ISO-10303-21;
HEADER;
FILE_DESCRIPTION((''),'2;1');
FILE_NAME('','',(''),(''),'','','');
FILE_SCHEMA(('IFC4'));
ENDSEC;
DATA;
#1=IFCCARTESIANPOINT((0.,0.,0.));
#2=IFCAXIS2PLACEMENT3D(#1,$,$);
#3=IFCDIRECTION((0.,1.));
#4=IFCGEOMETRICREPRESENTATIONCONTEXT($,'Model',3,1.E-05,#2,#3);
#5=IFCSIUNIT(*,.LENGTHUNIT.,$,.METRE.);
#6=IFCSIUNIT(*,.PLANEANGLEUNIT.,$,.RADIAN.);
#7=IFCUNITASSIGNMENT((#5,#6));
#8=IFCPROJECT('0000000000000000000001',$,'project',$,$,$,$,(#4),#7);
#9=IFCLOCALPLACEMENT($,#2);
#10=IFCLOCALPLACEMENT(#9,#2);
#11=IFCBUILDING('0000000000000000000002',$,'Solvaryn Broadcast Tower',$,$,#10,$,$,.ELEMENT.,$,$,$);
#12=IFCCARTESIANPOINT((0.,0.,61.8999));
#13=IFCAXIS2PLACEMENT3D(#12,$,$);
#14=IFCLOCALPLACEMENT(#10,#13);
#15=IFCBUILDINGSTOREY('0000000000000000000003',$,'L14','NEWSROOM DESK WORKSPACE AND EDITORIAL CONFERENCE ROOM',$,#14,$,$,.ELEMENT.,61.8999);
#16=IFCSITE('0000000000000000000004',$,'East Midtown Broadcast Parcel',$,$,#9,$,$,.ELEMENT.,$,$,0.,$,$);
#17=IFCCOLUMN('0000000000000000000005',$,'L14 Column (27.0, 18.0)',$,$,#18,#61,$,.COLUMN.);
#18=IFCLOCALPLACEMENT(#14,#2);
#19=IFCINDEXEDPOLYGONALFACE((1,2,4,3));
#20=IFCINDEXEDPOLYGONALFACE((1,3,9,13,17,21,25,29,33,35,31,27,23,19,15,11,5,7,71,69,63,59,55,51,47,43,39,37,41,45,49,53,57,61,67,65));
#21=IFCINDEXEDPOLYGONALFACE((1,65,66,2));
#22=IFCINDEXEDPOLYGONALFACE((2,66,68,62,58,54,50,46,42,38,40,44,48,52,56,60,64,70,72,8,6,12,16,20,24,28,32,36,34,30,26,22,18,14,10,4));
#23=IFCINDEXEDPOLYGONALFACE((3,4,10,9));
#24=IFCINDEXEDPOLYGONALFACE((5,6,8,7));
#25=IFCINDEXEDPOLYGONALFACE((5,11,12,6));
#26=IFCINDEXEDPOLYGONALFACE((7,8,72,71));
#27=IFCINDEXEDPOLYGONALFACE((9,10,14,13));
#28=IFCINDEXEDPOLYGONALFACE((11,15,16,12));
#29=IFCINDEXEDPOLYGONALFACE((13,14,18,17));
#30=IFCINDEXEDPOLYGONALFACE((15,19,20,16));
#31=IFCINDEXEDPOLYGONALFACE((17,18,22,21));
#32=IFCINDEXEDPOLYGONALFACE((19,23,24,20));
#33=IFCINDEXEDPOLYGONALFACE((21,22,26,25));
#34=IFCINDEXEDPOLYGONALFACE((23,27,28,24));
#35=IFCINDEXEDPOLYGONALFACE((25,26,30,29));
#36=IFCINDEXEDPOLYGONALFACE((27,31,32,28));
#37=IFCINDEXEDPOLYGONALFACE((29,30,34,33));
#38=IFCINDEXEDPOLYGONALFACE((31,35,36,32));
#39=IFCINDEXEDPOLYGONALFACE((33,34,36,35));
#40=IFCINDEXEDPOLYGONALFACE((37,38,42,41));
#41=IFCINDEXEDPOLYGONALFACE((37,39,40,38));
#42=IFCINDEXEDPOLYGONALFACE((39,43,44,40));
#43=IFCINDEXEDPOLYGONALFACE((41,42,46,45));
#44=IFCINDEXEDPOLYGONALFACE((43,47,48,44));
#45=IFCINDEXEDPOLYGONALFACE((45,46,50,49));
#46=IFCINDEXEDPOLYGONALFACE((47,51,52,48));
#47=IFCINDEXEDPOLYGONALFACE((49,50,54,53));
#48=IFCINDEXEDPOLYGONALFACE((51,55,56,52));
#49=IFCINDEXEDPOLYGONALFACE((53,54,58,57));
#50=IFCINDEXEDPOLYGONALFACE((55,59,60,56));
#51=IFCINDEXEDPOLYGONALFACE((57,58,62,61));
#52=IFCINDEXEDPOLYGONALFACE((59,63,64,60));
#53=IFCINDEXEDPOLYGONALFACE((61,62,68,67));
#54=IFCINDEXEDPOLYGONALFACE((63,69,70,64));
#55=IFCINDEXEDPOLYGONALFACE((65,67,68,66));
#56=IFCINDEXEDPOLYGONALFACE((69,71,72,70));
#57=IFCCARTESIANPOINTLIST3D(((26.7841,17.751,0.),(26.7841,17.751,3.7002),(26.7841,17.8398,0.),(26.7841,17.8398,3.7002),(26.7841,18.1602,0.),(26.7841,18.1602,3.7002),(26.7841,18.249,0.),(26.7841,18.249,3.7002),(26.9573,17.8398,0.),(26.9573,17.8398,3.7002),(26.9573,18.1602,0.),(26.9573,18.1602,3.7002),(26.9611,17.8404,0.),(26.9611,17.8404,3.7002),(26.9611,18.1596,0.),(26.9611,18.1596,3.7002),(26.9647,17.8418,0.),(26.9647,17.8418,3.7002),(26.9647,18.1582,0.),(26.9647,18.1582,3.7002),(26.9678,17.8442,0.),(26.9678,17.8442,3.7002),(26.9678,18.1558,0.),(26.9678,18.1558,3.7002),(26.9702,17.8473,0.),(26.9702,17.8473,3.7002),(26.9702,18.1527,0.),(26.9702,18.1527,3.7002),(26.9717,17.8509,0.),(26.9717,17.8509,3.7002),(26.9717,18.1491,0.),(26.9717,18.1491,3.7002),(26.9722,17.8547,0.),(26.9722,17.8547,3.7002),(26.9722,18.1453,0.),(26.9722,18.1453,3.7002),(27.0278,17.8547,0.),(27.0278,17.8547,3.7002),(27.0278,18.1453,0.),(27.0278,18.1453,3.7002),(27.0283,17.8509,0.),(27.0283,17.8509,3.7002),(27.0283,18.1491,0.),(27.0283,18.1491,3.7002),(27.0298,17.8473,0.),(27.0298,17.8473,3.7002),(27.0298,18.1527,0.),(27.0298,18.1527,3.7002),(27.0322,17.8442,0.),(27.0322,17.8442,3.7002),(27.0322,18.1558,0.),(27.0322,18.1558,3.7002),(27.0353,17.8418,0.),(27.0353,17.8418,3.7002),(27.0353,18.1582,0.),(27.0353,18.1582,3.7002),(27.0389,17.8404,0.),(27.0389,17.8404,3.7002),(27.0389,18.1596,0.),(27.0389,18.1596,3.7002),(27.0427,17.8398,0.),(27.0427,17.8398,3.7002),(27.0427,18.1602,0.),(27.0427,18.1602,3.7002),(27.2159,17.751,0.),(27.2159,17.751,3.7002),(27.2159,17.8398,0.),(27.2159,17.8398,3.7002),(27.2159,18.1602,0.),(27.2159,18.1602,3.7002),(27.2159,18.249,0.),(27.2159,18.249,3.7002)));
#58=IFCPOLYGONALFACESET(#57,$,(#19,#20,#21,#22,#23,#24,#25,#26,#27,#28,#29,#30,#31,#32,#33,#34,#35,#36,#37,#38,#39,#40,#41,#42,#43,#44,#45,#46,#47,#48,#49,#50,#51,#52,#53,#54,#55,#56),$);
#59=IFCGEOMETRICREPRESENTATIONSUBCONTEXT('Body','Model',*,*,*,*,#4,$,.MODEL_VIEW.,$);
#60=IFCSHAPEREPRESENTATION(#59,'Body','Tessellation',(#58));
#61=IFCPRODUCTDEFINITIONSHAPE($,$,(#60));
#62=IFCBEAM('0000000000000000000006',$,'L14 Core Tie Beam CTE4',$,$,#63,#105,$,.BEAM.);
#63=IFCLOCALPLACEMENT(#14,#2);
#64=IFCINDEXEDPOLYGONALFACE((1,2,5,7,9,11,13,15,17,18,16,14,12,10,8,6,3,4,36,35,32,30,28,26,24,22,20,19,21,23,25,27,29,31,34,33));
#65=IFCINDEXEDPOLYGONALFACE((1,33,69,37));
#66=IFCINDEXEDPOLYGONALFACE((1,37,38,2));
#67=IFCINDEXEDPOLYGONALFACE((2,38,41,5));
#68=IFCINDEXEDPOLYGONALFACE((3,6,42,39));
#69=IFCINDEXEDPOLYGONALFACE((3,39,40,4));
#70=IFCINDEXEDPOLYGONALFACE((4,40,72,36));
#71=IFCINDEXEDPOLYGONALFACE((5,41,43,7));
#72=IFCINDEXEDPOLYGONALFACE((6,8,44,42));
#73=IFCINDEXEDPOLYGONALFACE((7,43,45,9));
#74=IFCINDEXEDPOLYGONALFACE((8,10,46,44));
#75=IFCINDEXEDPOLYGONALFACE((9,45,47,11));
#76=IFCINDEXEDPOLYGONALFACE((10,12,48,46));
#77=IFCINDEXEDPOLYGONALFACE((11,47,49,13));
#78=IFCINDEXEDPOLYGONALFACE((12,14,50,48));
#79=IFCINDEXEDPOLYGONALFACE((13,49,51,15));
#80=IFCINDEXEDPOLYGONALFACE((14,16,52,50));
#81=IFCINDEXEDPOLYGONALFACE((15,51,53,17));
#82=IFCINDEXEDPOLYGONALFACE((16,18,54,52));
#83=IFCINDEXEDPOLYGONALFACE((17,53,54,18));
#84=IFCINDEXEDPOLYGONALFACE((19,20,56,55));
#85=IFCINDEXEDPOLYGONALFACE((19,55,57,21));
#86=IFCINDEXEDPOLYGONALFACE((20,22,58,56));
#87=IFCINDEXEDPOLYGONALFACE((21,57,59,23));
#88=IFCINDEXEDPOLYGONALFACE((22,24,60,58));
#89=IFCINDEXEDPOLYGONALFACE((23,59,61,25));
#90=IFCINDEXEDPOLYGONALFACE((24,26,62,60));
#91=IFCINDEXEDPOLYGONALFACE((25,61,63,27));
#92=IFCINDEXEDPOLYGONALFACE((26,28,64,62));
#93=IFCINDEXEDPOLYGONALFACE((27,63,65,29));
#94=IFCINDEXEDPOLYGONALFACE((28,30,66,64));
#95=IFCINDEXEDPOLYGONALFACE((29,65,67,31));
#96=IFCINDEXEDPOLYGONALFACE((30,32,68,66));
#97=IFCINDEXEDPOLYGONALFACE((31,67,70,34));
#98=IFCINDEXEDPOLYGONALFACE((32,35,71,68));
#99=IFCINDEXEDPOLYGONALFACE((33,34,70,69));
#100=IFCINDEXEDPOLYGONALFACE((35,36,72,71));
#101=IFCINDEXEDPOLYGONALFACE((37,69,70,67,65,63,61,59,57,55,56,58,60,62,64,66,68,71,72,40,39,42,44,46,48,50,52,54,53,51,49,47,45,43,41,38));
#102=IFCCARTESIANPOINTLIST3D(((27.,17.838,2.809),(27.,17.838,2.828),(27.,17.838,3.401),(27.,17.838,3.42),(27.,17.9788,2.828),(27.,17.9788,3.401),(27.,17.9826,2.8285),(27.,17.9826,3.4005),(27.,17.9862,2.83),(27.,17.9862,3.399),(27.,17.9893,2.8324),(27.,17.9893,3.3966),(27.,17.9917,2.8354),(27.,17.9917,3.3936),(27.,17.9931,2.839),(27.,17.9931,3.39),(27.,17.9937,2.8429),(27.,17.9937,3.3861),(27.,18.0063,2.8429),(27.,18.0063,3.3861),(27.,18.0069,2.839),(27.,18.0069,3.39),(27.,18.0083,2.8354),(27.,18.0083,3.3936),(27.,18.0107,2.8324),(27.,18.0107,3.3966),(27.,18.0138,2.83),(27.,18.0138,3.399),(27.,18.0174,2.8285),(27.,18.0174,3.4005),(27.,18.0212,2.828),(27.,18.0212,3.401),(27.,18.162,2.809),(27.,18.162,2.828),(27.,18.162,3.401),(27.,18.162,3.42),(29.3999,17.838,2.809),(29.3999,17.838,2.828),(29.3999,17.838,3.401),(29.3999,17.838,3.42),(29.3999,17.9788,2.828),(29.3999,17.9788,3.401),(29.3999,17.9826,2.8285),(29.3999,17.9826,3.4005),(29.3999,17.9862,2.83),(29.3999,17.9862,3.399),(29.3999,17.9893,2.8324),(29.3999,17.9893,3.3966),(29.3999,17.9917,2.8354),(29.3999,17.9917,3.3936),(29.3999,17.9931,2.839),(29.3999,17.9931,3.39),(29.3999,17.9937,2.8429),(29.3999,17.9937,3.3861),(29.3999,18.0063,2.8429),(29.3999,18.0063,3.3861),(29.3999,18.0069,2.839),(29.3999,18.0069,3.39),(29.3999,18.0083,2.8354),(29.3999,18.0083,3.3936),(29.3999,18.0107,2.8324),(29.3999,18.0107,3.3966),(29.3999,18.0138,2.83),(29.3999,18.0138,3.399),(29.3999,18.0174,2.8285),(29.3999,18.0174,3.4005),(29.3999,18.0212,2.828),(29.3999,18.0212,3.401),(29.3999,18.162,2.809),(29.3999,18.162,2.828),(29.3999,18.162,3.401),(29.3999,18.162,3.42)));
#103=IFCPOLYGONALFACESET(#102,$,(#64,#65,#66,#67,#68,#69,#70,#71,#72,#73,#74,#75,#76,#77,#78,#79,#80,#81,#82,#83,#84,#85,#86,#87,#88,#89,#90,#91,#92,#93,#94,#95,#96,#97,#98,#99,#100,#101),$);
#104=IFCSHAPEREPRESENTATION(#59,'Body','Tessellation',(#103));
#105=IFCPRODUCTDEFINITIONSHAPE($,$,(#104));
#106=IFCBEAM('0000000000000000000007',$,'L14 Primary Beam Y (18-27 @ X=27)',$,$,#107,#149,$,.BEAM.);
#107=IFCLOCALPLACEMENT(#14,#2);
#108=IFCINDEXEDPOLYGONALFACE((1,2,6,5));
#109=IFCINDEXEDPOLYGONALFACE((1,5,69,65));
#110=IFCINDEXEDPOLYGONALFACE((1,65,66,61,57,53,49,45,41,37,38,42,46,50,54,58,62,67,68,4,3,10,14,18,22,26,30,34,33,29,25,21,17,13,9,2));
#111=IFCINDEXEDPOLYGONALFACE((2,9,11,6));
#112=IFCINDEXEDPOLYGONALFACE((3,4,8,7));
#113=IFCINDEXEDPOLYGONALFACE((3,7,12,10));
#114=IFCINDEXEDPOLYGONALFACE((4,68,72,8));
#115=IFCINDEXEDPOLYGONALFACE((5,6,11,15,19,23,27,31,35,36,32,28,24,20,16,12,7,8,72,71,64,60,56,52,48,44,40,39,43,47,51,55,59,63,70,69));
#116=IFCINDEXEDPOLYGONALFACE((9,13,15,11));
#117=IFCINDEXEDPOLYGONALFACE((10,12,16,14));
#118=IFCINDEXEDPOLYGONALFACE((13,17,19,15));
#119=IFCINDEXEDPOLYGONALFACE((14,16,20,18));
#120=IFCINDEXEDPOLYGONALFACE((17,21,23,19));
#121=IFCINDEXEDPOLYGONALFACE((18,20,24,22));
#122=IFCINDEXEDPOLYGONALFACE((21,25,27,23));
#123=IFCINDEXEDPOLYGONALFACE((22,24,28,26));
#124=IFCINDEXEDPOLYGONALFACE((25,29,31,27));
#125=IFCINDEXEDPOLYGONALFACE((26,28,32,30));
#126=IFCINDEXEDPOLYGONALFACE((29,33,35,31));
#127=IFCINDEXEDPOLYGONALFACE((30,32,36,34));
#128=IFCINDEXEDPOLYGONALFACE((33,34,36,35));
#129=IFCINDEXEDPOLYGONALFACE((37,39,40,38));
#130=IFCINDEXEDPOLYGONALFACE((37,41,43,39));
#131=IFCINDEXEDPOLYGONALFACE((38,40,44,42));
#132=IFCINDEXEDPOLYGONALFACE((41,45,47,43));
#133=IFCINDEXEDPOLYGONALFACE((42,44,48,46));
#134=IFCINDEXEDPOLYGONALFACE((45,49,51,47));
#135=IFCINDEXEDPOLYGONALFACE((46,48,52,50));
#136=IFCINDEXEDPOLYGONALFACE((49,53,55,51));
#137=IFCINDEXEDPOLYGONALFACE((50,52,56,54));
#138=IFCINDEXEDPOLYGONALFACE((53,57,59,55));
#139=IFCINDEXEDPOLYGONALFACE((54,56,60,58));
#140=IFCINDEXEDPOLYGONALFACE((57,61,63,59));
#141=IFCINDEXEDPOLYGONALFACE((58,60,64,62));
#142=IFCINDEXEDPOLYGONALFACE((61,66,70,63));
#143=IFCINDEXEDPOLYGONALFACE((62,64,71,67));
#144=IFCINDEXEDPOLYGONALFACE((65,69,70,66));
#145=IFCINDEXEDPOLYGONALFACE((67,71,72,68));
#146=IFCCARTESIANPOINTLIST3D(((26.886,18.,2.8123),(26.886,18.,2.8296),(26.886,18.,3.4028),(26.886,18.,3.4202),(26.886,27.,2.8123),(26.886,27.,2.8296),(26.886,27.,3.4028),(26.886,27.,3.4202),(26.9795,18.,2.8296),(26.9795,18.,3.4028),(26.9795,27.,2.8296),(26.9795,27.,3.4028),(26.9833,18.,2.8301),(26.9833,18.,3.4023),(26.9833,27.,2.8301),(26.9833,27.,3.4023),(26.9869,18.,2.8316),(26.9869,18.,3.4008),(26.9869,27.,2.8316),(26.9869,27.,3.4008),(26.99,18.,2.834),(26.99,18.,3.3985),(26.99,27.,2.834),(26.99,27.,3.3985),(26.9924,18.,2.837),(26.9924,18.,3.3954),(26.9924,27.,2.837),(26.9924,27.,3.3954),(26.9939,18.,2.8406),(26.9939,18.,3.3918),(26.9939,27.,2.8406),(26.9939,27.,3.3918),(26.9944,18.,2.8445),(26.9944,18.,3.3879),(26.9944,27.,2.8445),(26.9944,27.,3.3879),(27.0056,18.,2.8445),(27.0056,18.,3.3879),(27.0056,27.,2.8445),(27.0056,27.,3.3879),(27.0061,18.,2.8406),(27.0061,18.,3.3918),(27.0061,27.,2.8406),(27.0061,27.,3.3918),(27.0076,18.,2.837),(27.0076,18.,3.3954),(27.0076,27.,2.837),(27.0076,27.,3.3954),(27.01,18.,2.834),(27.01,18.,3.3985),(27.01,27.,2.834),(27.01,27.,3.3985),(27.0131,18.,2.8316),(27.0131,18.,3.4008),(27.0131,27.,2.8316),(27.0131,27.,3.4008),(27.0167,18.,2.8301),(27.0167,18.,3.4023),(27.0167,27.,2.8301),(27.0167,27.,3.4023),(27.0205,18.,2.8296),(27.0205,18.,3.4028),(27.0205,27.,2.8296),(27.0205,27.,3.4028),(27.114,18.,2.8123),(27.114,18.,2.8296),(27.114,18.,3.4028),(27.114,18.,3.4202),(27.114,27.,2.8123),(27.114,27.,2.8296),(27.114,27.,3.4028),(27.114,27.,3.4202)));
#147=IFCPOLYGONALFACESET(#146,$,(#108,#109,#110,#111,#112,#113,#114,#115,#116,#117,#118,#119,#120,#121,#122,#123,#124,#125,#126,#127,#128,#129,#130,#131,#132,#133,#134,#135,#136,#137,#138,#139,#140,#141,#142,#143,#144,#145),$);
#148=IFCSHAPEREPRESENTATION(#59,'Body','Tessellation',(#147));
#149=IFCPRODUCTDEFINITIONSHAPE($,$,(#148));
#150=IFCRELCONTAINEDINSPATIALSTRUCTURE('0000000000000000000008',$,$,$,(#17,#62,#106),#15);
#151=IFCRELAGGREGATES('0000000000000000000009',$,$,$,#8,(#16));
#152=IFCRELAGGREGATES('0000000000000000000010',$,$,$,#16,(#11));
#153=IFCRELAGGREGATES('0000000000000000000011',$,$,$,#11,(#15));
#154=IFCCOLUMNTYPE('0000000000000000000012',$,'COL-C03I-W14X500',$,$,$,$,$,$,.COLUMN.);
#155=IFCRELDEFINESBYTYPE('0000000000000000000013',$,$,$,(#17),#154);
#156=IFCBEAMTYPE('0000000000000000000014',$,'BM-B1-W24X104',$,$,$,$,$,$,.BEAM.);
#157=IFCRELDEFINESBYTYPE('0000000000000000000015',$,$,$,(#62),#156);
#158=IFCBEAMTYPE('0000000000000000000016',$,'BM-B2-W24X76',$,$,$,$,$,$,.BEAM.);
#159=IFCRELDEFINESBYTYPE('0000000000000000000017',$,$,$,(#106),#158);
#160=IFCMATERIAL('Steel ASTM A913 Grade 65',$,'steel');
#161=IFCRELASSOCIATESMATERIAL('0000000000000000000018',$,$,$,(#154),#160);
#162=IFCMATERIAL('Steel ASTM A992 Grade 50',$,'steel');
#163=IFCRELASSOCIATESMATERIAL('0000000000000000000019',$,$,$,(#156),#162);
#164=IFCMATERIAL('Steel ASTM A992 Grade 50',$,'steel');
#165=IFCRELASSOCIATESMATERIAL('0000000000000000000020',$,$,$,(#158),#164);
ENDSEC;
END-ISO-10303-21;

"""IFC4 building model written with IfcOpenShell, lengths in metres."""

from ifc_helpers import new_model, si_unit, direction, frame, origin, origin_2d, place, context, subcontext, project, spatial, i_section, extrude, material, material_profile, profile_set, type_object, element, save


model = new_model("IFC4")

# Units and contexts
model_context = context("Model", 3, precision=1e-05, world=origin(), true_north=direction((0.0, 1.0)))
body_context = subcontext(model_context, "Body", "Model", "MODEL_VIEW")
ifc_project = project(units=[si_unit("LENGTHUNIT", "METRE"), si_unit("PLANEANGLEUNIT", "RADIAN")], contexts=[model_context])

# Site, building, storey
site_placement = place(None, origin())
site = spatial("IfcSite", under=ifc_project, at=site_placement, Name="East Midtown Broadcast Parcel", CompositionType="ELEMENT", RefElevation=0.0)
building_placement = place(site_placement, origin())
building = spatial("IfcBuilding", under=site, at=building_placement, Name="Solvaryn Broadcast Tower", CompositionType="ELEMENT")
storey_placement = place(building_placement, frame((0.0, 0.0, 61.8999)))
storey = spatial("IfcBuildingStorey", under=building, at=storey_placement, Name="L14", Description="NEWSROOM DESK WORKSPACE AND EDITORIAL CONFERENCE ROOM", CompositionType="ELEMENT", Elevation=61.8999)

# Column
ifc_material_1 = material(Name="Steel ASTM A913 Grade 65", Category="steel")
ifc_material_profile_1 = material_profile(ifc_material_1, i_section(OverallWidth=0.4319, OverallDepth=0.498, WebThickness=0.0557, FlangeThickness=0.0889, FilletRadius=0.0149, at=origin_2d()))
ifc_profile_set_1 = profile_set([ifc_material_profile_1], Name="Steel ASTM A913 Grade 65")
column_type = type_object("IfcColumnType", Name="COL-C03I-W14X500", PredefinedType="COLUMN", material=ifc_profile_set_1)
column_placement = place(storey_placement, frame((27.0, 18.0, 0.0), z_axis=(0.0, 0.0, 1.0), x_axis=(1.0, 0.0, 0.0)))
element("IfcColumn", 1, at=column_placement, inside=storey, type_object=column_type, Name="L14 Column (27.0, 18.0)", PredefinedType="COLUMN", context=body_context, shape_type="SweptSolid", body=[
    extrude(i_section(OverallWidth=0.4319, OverallDepth=0.498, WebThickness=0.0557, FlangeThickness=0.0889, FilletRadius=0.0149, at=origin_2d()), origin(), (0.0, 0.0, 1.0), 3.7002),
])

# Beams
ifc_material_2 = material(Name="Steel ASTM A992 Grade 50", Category="steel")
ifc_material_profile_2 = material_profile(ifc_material_2, i_section(OverallWidth=0.324, OverallDepth=0.6111, WebThickness=0.0127, FlangeThickness=0.019, FilletRadius=0.0149, at=origin_2d()))
ifc_profile_set_2 = profile_set([ifc_material_profile_2], Name="Steel ASTM A992 Grade 50")
beam_type_1 = type_object("IfcBeamType", Name="BM-B1-W24X104", PredefinedType="BEAM", material=ifc_profile_set_2)
beam_1_placement = place(storey_placement, frame((27.0, 18.0, 3.1145), z_axis=(1.0, 0.0, 0.0), x_axis=(0.0, 1.0, 0.0)))
element("IfcBeam", 2, at=beam_1_placement, inside=storey, type_object=beam_type_1, Name="L14 Core Tie Beam CTE4", PredefinedType="BEAM", context=body_context, shape_type="SweptSolid", body=[
    extrude(i_section(OverallWidth=0.324, OverallDepth=0.6111, WebThickness=0.0127, FlangeThickness=0.019, FilletRadius=0.0149, at=origin_2d()), origin(), (0.0, 0.0, 1.0), 2.3999),
])
ifc_material_3 = material(Name="Steel ASTM A992 Grade 50", Category="steel")
ifc_material_profile_3 = material_profile(ifc_material_3, i_section(OverallWidth=0.228, OverallDepth=0.6079, WebThickness=0.0112, FlangeThickness=0.0173, FilletRadius=0.0149, at=origin_2d()))
ifc_profile_set_3 = profile_set([ifc_material_profile_3], Name="Steel ASTM A992 Grade 50")
beam_type_2 = type_object("IfcBeamType", Name="BM-B2-W24X76", PredefinedType="BEAM", material=ifc_profile_set_3)
beam_2_placement = place(storey_placement, frame((27.0, 18.0, 3.1162), z_axis=(0.0, 1.0, 0.0), x_axis=(-1.0, 0.0, 0.0)))
element("IfcBeam", 3, at=beam_2_placement, inside=storey, type_object=beam_type_2, Name="L14 Primary Beam Y (18-27 @ X=27)", PredefinedType="BEAM", context=body_context, shape_type="SweptSolid", body=[
    extrude(i_section(OverallWidth=0.228, OverallDepth=0.6079, WebThickness=0.0112, FlangeThickness=0.0173, FilletRadius=0.0149, at=origin_2d()), origin(), (0.0, 0.0, 1.0), 9.0),
])

save(model, "model.ifc")
